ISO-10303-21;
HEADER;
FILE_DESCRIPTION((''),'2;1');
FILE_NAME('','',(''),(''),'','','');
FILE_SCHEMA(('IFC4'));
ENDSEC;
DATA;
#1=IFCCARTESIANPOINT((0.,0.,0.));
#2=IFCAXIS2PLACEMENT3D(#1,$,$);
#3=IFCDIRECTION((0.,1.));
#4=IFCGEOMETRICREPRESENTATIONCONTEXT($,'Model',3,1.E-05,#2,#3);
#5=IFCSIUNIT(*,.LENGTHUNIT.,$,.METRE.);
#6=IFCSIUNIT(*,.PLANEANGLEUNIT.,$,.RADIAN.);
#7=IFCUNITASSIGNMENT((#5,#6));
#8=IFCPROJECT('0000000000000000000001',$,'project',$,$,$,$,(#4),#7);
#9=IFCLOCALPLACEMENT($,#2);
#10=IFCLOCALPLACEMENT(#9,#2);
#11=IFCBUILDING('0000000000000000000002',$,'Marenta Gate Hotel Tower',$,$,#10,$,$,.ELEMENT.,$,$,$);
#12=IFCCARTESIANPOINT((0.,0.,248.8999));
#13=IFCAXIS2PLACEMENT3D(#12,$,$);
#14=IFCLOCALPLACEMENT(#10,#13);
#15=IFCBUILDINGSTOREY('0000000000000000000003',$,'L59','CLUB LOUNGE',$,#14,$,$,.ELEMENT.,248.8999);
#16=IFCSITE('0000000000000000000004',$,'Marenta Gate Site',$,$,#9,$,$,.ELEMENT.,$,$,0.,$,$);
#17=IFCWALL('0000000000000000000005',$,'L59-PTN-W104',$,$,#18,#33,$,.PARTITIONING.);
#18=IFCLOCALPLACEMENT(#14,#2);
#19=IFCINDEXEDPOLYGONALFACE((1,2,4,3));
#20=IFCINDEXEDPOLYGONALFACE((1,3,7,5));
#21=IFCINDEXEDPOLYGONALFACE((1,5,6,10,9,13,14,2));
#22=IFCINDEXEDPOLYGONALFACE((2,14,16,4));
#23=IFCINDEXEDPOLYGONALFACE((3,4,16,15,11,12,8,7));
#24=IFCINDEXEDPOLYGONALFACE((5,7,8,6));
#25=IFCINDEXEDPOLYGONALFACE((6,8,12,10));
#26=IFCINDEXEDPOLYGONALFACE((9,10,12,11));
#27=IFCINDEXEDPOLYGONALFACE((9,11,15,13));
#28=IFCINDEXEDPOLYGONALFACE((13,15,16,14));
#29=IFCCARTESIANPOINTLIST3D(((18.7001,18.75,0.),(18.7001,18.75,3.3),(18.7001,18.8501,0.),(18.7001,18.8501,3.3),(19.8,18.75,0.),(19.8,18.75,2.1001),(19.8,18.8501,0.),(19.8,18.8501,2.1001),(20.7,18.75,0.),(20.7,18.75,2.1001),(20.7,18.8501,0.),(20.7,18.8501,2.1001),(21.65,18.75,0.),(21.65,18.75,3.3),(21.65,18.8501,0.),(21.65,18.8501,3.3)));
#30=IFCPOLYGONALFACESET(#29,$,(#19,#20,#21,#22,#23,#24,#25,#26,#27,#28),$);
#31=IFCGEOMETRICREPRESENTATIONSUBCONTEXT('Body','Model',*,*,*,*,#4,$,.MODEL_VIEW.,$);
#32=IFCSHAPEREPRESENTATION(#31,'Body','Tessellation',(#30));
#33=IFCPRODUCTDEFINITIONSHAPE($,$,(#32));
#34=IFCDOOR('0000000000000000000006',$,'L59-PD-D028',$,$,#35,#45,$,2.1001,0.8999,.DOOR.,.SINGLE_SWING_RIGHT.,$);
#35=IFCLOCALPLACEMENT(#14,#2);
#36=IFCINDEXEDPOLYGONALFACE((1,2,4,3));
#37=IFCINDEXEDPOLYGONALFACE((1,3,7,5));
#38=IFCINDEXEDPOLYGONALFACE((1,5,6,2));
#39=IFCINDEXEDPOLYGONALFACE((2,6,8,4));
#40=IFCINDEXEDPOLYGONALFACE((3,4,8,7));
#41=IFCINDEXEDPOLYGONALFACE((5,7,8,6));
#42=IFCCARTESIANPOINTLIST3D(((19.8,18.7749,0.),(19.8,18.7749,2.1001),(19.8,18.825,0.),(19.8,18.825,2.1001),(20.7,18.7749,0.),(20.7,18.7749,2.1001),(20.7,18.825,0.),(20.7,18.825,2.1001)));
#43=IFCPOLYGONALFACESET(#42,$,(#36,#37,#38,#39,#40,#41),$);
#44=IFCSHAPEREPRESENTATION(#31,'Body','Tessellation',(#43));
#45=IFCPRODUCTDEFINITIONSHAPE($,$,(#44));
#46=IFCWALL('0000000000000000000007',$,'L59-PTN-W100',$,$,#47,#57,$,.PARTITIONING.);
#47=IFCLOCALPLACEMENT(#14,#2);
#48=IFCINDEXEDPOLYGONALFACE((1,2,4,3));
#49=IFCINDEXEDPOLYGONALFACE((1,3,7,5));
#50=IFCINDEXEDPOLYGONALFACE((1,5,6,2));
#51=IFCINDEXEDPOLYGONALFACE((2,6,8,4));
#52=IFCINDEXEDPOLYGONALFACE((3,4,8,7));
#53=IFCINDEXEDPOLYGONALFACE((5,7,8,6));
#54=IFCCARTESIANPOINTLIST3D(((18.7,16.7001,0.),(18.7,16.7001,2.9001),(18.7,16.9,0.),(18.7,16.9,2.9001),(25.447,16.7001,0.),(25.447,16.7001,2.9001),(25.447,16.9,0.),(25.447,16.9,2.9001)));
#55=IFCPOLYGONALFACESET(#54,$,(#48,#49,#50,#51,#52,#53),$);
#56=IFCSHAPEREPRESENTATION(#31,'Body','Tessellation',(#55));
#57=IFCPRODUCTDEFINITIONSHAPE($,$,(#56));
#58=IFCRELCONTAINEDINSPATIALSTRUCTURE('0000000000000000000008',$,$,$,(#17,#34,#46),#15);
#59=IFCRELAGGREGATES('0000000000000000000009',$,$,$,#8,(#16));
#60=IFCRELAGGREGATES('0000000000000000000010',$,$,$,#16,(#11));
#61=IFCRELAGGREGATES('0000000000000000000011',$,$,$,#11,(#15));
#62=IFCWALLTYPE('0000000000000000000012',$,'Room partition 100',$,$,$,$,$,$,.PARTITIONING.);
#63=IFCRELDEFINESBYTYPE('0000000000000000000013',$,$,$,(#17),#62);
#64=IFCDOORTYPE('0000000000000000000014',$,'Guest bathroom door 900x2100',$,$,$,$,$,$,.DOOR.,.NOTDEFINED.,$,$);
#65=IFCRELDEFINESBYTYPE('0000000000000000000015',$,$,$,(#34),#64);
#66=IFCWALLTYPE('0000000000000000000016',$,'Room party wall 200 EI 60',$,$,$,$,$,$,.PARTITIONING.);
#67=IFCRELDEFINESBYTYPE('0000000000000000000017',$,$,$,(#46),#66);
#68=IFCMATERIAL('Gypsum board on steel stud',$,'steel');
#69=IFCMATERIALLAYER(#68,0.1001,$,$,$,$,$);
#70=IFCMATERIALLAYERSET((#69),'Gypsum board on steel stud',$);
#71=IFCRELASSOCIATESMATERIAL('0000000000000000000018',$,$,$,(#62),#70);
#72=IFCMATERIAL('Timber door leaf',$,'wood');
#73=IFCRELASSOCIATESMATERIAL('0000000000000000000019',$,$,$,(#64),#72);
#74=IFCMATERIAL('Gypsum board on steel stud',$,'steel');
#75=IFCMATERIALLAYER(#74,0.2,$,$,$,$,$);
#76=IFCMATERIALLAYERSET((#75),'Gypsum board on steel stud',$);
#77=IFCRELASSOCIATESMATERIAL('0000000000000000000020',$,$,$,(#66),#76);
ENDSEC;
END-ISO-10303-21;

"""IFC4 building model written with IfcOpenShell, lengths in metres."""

from ifc_helpers import new_model, si_unit, direction, frame, frame_2d, origin, place, context, subcontext, project, spatial, rectangle, extrude, material, layer, layer_set, type_object, element, fill, save


model = new_model("IFC4")

# Units and contexts
model_context = context("Model", 3, precision=1e-05, world=origin(), true_north=direction((0.0, 1.0)))
body_context = subcontext(model_context, "Body", "Model", "MODEL_VIEW")
ifc_project = project(units=[si_unit("LENGTHUNIT", "METRE"), si_unit("PLANEANGLEUNIT", "RADIAN")], contexts=[model_context])

# Site, building, storey
site_placement = place(None, origin())
site = spatial("IfcSite", under=ifc_project, at=site_placement, Name="Marenta Gate Site", CompositionType="ELEMENT", RefElevation=0.0)
building_placement = place(site_placement, origin())
building = spatial("IfcBuilding", under=site, at=building_placement, Name="Marenta Gate Hotel Tower", CompositionType="ELEMENT")
storey_placement = place(building_placement, frame((0.0, 0.0, 248.8999)))
storey = spatial("IfcBuildingStorey", under=building, at=storey_placement, Name="L59", Description="CLUB LOUNGE", CompositionType="ELEMENT", Elevation=248.8999)

# Shared definitions
ifc_material_1 = material(Name="Gypsum board on steel stud", Category="steel")
ifc_layer_1 = layer(ifc_material_1, 0.1001)
ifc_layer_set_1 = layer_set([ifc_layer_1], Name="Gypsum board on steel stud")
wall_type_1 = type_object("IfcWallType", Name="Room partition 100", PredefinedType="PARTITIONING", material=ifc_layer_set_1)

# Wall, opening, door
wall_1_placement = place(storey_placement, frame((18.7, 18.8, 0.0), z_axis=(0.0, 0.0, 1.0), x_axis=(1.0, 0.0, 0.0)))
wall_1 = element("IfcWall", 1, at=wall_1_placement, inside=storey, type_object=wall_type_1, Name="L59-PTN-W104", PredefinedType="PARTITIONING", context=body_context, shape_type="SweptSolid", body=[
    extrude(rectangle(XDim=2.95, YDim=0.1001, at=frame_2d((1.4751, 0.0))), origin(), (0.0, 0.0, 1.0), 3.3),
])
opening_1_placement = place(wall_1_placement, frame((1.1001, 0.0, 0.0)))
opening_1 = element("IfcOpeningElement", 2, at=opening_1_placement, cuts=wall_1, PredefinedType="OPENING", context=body_context, shape_type="SweptSolid", body=[
    extrude(rectangle(XDim=0.8999, YDim=2.1001, at=frame_2d((0.45, 1.05))), frame((0.0, 0.05, 0.0), z_axis=(0.0, -1.0, 0.0), x_axis=(1.0, 0.0, 0.0)), (0.0, 0.0, 1.0), 0.1001),
])
ifc_material_2 = material(Name="Timber door leaf", Category="wood")
door_type_1 = type_object("IfcDoorType", Name="Guest bathroom door 900x2100", OperationType="NOTDEFINED", PredefinedType="DOOR", material=ifc_material_2)
door_1_placement = place(opening_1_placement, origin())
door_1 = element("IfcDoor", 3, at=door_1_placement, inside=storey, type_object=door_type_1, Name="L59-PD-D028", OperationType="SINGLE_SWING_RIGHT", OverallHeight=2.1001, OverallWidth=0.8999, PredefinedType="DOOR", context=body_context, shape_type="SweptSolid", body=[
    extrude(rectangle(XDim=0.8999, YDim=2.1001, at=frame_2d((0.45, 1.05))), frame((0.0, 0.0249, 0.0), z_axis=(0.0, -1.0, 0.0), x_axis=(1.0, 0.0, 0.0)), (0.0, 0.0, 1.0), 0.05),
])
fill(opening_1, door_1)

# Wall
ifc_material_3 = material(Name="Gypsum board on steel stud", Category="steel")
ifc_layer_2 = layer(ifc_material_3, 0.2)
ifc_layer_set_2 = layer_set([ifc_layer_2], Name="Gypsum board on steel stud")
wall_type_2 = type_object("IfcWallType", Name="Room party wall 200 EI 60", PredefinedType="PARTITIONING", material=ifc_layer_set_2)
wall_2_placement = place(storey_placement, frame((18.7, 16.8, 0.0), z_axis=(0.0, 0.0, 1.0), x_axis=(1.0, 0.0, 0.0)))
element("IfcWall", 4, at=wall_2_placement, inside=storey, type_object=wall_type_2, Name="L59-PTN-W100", PredefinedType="PARTITIONING", context=body_context, shape_type="SweptSolid", body=[
    extrude(rectangle(XDim=6.7471, YDim=0.2, at=frame_2d((3.3735, 0.0))), origin(), (0.0, 0.0, 1.0), 2.9001),
])

save(model, "model.ifc")
